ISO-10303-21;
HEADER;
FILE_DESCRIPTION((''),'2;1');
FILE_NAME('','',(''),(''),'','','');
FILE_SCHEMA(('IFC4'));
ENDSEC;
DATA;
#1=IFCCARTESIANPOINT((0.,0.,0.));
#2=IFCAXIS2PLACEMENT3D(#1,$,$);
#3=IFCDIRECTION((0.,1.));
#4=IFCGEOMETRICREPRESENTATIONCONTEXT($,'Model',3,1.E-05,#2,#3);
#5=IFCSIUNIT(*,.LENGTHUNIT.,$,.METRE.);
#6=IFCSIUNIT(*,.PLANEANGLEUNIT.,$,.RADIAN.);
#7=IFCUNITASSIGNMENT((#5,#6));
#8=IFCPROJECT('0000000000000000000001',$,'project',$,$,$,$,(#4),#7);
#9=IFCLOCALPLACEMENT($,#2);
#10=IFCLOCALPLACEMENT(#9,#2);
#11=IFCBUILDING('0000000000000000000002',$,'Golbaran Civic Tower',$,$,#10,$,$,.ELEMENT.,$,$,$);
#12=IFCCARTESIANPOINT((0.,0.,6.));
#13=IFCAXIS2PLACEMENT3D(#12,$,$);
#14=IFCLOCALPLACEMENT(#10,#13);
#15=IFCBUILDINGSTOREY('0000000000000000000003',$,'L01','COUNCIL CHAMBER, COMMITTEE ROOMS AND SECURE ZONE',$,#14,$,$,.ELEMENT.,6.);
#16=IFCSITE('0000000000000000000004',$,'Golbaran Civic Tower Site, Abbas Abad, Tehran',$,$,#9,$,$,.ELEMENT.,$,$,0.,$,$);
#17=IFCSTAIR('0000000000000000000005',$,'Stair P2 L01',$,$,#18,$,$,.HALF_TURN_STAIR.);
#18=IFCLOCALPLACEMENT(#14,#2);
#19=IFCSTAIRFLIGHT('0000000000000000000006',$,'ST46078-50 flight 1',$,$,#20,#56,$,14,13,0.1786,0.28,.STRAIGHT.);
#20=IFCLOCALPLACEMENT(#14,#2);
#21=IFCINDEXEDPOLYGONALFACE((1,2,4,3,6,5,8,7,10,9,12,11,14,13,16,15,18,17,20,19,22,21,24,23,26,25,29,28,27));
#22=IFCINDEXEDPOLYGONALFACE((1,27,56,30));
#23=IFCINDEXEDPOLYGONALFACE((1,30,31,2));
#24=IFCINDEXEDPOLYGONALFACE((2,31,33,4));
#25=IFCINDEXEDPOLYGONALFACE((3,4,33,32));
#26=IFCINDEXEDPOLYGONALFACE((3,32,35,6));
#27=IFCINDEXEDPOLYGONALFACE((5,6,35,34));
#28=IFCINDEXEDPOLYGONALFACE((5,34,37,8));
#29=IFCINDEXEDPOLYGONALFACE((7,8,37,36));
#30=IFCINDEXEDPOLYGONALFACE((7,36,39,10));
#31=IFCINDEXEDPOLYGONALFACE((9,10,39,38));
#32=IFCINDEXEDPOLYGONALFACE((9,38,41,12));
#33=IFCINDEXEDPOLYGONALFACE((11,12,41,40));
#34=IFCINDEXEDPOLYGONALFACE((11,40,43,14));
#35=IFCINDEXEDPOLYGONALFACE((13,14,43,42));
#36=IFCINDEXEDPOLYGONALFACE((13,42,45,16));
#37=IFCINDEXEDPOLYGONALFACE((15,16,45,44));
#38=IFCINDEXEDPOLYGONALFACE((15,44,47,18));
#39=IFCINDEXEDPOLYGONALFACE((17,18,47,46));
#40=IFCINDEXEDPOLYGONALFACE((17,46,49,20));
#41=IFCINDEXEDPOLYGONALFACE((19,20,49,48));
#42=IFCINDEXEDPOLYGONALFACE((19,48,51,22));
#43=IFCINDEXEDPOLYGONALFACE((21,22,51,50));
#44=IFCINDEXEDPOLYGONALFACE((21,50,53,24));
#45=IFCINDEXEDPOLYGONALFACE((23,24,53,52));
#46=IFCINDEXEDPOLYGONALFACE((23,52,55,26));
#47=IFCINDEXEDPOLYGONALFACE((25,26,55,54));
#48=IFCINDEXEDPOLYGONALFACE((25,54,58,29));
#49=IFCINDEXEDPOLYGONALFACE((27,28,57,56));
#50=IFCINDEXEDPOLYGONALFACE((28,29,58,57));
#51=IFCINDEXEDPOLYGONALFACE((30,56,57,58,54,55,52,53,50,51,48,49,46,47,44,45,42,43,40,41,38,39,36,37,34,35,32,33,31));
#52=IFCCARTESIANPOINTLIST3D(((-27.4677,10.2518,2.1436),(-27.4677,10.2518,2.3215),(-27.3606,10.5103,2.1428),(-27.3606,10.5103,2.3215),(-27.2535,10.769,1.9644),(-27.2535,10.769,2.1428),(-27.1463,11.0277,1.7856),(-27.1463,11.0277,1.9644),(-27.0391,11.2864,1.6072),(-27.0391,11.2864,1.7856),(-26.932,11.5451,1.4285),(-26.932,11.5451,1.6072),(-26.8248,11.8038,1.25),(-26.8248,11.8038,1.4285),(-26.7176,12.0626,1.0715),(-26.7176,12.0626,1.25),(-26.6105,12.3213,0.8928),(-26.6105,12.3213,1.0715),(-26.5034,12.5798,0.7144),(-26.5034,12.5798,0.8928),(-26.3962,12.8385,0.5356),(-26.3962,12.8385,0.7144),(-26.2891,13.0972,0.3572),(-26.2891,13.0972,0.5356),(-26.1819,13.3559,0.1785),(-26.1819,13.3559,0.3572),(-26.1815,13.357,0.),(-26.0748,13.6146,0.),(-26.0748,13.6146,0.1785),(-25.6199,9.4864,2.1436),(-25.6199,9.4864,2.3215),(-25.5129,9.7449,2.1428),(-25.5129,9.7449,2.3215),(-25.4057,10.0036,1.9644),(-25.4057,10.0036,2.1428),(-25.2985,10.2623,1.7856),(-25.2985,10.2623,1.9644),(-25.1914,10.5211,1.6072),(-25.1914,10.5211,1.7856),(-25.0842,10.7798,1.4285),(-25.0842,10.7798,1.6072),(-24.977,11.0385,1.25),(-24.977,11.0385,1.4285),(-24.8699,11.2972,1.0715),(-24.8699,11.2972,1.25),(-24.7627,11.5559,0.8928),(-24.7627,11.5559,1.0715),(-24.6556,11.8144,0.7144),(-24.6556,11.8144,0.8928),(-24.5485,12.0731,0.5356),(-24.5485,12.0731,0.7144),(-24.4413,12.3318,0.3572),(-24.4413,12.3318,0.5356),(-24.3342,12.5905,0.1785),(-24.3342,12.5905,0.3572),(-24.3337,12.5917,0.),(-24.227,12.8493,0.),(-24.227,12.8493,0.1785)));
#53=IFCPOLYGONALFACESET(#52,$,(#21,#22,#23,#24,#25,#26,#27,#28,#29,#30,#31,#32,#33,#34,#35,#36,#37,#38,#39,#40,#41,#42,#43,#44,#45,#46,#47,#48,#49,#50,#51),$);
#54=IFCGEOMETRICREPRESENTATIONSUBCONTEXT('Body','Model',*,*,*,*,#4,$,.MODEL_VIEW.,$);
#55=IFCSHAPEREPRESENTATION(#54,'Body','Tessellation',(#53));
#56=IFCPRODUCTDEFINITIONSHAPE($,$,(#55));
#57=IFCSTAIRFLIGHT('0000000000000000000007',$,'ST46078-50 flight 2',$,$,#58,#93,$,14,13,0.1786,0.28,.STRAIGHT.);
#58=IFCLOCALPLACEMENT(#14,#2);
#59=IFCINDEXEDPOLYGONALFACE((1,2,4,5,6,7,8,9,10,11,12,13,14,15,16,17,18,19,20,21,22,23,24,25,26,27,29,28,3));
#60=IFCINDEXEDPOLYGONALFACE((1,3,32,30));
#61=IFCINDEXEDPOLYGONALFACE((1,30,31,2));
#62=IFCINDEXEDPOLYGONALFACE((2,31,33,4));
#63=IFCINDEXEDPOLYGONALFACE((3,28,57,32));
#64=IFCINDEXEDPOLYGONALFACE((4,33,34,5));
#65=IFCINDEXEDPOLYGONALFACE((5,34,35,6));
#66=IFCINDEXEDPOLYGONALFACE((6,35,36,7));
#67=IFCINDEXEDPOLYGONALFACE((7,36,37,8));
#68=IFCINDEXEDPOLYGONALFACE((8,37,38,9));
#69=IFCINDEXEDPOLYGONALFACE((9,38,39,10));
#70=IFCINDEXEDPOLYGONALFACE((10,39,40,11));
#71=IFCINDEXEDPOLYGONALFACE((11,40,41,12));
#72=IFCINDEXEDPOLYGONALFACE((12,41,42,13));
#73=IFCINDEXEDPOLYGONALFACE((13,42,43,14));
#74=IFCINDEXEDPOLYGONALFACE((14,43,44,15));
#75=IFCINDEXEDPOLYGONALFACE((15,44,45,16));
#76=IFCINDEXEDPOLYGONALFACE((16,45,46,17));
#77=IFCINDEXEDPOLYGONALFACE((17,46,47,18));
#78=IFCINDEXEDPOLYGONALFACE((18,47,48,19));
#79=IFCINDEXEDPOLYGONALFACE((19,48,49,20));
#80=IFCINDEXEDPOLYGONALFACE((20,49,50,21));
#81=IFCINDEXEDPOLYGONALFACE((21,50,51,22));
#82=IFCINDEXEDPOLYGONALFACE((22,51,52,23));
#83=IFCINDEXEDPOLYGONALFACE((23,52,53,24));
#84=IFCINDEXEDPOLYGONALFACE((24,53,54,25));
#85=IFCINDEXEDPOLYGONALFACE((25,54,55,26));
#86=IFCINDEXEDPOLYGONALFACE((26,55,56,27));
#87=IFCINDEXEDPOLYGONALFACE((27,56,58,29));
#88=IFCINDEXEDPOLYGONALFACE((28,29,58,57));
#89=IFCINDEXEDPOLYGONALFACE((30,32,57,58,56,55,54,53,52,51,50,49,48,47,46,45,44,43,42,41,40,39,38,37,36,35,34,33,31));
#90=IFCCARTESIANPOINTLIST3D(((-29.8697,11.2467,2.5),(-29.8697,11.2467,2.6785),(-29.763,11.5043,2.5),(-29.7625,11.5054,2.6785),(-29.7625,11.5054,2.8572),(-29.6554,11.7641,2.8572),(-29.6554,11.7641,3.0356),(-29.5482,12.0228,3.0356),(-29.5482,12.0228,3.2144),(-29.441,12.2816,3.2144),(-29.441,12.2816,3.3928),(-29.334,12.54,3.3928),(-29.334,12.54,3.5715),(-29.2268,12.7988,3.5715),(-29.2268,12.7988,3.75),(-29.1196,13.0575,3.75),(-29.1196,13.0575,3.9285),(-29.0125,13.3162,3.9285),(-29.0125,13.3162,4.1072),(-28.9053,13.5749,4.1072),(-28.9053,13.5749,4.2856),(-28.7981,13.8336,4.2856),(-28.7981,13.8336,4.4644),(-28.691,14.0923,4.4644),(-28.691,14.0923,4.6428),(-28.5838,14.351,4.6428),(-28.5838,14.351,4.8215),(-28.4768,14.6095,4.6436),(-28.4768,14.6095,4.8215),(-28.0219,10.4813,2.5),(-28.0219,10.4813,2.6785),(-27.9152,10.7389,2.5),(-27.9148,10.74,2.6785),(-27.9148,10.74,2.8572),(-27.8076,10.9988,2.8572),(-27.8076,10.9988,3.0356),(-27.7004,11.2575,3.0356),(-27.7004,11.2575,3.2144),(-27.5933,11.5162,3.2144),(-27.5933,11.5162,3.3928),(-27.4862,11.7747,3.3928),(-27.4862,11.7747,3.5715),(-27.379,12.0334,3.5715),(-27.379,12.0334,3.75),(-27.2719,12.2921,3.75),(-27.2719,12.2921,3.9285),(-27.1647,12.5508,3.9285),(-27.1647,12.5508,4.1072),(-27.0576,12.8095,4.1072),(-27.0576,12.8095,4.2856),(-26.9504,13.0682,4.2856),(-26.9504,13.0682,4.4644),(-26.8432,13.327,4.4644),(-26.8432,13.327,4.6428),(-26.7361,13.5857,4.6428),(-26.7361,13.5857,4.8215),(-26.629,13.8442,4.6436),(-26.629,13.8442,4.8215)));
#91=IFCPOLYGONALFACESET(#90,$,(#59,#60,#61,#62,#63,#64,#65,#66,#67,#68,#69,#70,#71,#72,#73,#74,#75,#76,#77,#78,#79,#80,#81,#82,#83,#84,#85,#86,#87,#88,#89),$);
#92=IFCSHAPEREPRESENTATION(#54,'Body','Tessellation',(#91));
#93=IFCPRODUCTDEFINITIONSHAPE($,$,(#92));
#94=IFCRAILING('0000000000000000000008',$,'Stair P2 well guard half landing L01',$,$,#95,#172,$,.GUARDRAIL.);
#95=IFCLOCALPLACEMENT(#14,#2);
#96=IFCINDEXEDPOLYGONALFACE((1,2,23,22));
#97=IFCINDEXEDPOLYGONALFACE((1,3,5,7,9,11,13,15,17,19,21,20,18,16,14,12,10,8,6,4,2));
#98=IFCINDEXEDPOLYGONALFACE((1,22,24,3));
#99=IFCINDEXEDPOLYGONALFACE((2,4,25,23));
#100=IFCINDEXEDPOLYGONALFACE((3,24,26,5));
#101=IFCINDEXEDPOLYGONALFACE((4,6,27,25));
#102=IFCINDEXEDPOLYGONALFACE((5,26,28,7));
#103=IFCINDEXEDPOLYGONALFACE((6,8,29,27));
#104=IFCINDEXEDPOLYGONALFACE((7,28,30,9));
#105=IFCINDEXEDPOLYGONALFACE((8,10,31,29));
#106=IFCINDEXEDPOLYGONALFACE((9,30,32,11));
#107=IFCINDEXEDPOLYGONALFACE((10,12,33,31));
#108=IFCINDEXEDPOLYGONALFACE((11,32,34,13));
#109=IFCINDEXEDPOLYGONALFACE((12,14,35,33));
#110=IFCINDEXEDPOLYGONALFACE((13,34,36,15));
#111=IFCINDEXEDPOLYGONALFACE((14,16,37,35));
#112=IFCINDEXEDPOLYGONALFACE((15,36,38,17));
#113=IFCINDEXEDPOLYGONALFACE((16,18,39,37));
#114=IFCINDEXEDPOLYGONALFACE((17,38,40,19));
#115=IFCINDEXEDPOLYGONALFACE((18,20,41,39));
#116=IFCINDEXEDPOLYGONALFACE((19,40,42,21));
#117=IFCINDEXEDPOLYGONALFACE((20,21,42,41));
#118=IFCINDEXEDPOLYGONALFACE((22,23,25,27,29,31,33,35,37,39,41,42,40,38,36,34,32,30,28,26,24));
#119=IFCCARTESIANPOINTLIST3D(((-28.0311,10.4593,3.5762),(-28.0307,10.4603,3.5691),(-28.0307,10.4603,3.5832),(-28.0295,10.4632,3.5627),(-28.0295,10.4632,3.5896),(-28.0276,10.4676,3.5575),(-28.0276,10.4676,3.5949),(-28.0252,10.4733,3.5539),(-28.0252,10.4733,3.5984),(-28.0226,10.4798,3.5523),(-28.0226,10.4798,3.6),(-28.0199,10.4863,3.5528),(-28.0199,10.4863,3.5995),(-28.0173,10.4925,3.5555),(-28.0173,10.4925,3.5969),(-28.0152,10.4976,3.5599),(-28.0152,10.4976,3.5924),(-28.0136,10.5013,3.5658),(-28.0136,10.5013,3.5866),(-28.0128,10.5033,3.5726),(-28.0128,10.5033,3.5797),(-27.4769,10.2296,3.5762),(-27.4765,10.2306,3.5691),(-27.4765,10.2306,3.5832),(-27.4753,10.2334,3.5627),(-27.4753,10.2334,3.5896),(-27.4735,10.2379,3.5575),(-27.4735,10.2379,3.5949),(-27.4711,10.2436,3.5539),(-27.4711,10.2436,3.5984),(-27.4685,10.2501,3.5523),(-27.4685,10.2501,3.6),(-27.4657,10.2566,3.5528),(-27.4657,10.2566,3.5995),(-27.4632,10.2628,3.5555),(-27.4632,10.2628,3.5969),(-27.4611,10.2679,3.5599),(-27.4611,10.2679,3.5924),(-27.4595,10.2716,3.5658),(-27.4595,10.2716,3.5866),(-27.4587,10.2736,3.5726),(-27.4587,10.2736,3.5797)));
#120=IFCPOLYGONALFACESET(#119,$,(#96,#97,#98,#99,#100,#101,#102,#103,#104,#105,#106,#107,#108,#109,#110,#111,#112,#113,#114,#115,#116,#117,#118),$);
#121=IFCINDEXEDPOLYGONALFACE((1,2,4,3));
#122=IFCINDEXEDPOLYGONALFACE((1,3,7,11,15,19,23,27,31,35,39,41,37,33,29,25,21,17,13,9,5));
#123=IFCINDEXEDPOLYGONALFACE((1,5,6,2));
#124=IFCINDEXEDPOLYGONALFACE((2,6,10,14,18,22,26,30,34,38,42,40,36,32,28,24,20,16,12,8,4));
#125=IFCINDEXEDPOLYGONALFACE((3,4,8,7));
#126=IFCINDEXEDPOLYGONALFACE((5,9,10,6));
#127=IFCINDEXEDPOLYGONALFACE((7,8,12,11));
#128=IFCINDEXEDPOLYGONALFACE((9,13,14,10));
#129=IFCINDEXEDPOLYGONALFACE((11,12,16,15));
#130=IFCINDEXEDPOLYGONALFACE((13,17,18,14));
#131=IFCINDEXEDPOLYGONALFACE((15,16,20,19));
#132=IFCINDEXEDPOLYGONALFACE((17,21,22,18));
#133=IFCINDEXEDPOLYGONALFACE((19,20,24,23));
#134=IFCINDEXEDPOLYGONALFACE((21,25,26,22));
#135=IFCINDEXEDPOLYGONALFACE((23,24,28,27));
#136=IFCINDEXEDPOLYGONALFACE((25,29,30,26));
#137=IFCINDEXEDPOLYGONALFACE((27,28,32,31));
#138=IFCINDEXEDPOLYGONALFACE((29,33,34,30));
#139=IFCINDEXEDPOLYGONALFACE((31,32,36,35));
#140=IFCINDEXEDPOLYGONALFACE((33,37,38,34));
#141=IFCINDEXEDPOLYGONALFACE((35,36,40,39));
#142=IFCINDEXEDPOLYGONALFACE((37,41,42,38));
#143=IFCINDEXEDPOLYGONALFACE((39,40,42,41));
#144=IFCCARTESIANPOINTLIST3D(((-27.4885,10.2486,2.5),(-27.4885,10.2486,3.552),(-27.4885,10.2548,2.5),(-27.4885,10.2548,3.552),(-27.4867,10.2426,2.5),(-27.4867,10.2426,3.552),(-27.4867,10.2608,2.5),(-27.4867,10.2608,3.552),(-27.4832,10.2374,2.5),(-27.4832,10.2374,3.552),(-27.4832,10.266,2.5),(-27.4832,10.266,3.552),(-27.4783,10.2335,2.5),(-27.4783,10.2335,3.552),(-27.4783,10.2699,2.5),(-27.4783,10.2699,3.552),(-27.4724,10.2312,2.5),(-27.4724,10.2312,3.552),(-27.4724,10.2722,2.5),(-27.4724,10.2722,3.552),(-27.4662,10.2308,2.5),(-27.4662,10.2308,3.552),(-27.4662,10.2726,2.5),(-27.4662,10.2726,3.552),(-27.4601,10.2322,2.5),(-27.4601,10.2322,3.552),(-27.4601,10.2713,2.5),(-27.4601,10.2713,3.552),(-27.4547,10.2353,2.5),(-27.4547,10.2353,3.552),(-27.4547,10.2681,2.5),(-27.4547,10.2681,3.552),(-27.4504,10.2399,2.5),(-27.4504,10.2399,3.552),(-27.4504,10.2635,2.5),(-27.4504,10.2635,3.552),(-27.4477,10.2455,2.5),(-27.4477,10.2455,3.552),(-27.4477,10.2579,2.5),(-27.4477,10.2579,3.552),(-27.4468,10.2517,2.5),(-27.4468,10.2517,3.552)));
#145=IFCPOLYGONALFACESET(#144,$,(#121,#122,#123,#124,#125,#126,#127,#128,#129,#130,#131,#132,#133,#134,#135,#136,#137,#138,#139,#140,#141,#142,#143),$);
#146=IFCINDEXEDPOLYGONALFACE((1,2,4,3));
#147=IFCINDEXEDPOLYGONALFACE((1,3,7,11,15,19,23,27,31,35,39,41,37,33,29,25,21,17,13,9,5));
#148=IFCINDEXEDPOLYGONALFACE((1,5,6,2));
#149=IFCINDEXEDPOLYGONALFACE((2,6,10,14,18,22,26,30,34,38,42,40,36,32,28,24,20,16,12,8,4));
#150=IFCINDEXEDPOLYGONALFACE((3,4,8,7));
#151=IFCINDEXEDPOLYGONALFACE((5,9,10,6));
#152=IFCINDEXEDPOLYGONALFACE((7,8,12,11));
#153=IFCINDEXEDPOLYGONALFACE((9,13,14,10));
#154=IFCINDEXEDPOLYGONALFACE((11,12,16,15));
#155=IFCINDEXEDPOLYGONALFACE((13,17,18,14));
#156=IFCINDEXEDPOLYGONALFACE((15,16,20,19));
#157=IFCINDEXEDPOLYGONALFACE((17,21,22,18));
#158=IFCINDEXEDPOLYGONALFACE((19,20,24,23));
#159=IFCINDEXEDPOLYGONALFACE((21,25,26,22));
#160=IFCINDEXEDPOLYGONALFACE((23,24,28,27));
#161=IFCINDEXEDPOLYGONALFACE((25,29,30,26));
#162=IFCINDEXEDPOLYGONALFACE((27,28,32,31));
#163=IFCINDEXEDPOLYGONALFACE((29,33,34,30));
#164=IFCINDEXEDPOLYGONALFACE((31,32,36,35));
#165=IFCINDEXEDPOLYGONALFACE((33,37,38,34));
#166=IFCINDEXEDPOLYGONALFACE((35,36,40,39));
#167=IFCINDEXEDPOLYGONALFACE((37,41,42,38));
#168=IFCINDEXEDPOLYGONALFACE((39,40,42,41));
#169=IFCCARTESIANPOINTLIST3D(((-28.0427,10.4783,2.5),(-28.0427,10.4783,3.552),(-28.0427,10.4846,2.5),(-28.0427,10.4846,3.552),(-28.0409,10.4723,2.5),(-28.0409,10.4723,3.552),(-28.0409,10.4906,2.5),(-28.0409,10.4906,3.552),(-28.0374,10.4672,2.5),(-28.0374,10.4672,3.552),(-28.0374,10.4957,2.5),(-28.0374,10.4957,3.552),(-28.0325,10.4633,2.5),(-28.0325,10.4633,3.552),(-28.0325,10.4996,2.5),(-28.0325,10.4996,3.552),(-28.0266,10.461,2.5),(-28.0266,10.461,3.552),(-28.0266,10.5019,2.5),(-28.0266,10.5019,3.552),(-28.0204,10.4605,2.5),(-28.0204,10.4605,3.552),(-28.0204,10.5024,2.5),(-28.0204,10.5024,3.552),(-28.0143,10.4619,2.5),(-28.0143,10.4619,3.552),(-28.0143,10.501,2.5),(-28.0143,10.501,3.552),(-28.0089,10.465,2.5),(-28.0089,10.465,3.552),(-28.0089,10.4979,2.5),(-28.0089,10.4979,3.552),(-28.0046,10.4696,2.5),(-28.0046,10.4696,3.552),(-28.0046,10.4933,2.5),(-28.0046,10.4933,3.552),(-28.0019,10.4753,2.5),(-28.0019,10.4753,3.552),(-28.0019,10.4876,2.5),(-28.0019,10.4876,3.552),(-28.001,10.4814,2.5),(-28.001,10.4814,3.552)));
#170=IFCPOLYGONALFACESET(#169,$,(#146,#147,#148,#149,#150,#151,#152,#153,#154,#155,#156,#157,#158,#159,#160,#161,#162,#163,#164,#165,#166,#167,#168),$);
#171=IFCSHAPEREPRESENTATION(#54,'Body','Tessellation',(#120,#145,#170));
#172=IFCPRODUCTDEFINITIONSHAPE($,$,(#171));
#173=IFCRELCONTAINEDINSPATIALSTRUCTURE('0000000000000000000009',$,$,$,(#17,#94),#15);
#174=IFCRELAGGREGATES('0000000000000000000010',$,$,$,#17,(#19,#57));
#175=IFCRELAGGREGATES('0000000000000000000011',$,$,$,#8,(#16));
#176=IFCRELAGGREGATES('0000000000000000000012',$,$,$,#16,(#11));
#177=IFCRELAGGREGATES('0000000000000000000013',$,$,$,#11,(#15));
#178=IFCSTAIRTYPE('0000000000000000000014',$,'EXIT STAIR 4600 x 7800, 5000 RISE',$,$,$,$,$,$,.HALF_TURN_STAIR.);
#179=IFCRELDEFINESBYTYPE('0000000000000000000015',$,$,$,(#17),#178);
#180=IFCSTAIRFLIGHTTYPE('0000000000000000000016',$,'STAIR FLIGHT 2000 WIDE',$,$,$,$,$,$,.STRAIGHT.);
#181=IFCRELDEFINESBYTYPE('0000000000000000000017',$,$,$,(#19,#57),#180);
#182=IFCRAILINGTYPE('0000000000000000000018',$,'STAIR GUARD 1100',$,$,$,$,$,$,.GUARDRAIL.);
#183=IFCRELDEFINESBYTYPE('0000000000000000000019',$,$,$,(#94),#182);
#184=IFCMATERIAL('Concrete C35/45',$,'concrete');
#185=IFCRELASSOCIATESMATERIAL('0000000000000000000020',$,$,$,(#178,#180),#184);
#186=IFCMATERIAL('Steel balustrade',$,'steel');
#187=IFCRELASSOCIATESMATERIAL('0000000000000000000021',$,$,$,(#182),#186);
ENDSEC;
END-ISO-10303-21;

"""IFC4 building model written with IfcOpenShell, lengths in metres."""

from ifc_helpers import new_model, si_unit, direction, frame, origin, origin_2d, place, context, subcontext, project, spatial, polyline, circle, outline, extrude, material, type_object, element, aggregate, save


model = new_model("IFC4")

# Units and contexts
model_context = context("Model", 3, precision=1e-05, world=origin(), true_north=direction((0.0, 1.0)))
body_context = subcontext(model_context, "Body", "Model", "MODEL_VIEW")
ifc_project = project(units=[si_unit("LENGTHUNIT", "METRE"), si_unit("PLANEANGLEUNIT", "RADIAN")], contexts=[model_context])

# Site, building, storey
site_placement = place(None, origin())
site = spatial("IfcSite", under=ifc_project, at=site_placement, Name="Golbaran Civic Tower Site, Abbas Abad, Tehran", CompositionType="ELEMENT", RefElevation=0.0)
building_placement = place(site_placement, origin())
building = spatial("IfcBuilding", under=site, at=building_placement, Name="Golbaran Civic Tower", CompositionType="ELEMENT")
storey_placement = place(building_placement, frame((0.0, 0.0, 6.0)))
storey = spatial("IfcBuildingStorey", under=building, at=storey_placement, Name="L01", Description="COUNCIL CHAMBER, COMMITTEE ROOMS AND SECURE ZONE", CompositionType="ELEMENT", Elevation=6.0)

# Stair, stair flights
ifc_material_1 = material(Name="Concrete C35/45", Category="concrete")
stair_type = type_object("IfcStairType", Name="EXIT STAIR 4600 x 7800, 5000 RISE", PredefinedType="HALF_TURN_STAIR", material=ifc_material_1)
stair_placement = place(storey_placement, origin())
stair = element("IfcStair", 1, at=stair_placement, inside=storey, type_object=stair_type, Name="Stair P2 L01", PredefinedType="HALF_TURN_STAIR")
stair_flight_type = type_object("IfcStairFlightType", Name="STAIR FLIGHT 2000 WIDE", PredefinedType="STRAIGHT", material=ifc_material_1)
stair_flight_1_placement = place(storey_placement, frame((-25.1509, 13.2319, 0.0), z_axis=(0.0, 0.0, 1.0), x_axis=(-0.382683, -0.92388, 0.0)))
stair_flight_1 = element("IfcStairFlight", 2, at=stair_flight_1_placement, type_object=stair_flight_type, Name="ST46078-50 flight 1", NumberOfRisers=14, NumberOfTreads=13, PredefinedType="STRAIGHT", RiserHeight=0.1786, TreadLength=0.28, context=body_context, shape_type="SweptSolid", body=[
    extrude(outline(polyline([(0.0, 0.0), (0.0, 0.1785), (0.28, 0.1785), (0.28, 0.3572), (0.5601, 0.3572), (0.5601, 0.5356), (0.8401, 0.5356), (0.8401, 0.7144), (1.1201, 0.7144), (1.1201, 0.8928), (1.3999, 0.8928), (1.3999, 1.0715), (1.6799, 1.0715), (1.6799, 1.25), (1.96, 1.25), (1.96, 1.4285), (2.24, 1.4285), (2.24, 1.6072), (2.52, 1.6072), (2.52, 1.7856), (2.8, 1.7856), (2.8, 1.9644), (3.0801, 1.9644), (3.0801, 2.1428), (3.3601, 2.1428), (3.3601, 2.3215), (3.6399, 2.3215), (3.6399, 2.5), (3.6399, 2.1436), (0.2788, 0.0), (0.0, 0.0)])), frame((0.0, 1.0, 0.0), z_axis=(0.0, -1.0, 0.0), x_axis=(1.0, 0.0, 0.0)), (0.0, 0.0, 1.0), 2.0),
])
stair_flight_2_placement = place(storey_placement, frame((-28.9458, 10.864, 2.5), z_axis=(0.0, 0.0, 1.0), x_axis=(0.382683, 0.92388, 0.0)))
stair_flight_2 = element("IfcStairFlight", 3, at=stair_flight_2_placement, type_object=stair_flight_type, Name="ST46078-50 flight 2", NumberOfRisers=14, NumberOfTreads=13, PredefinedType="STRAIGHT", RiserHeight=0.1786, TreadLength=0.28, context=body_context, shape_type="SweptSolid", body=[
    extrude(outline(polyline([(0.0, 0.0), (0.0, 0.1785), (0.28, 0.1785), (0.28, 0.3572), (0.5601, 0.3572), (0.5601, 0.5356), (0.8401, 0.5356), (0.8401, 0.7144), (1.1201, 0.7144), (1.1201, 0.8928), (1.3999, 0.8928), (1.3999, 1.0715), (1.6799, 1.0715), (1.6799, 1.25), (1.96, 1.25), (1.96, 1.4285), (2.24, 1.4285), (2.24, 1.6072), (2.52, 1.6072), (2.52, 1.7856), (2.8, 1.7856), (2.8, 1.9644), (3.0801, 1.9644), (3.0801, 2.1428), (3.3601, 2.1428), (3.3601, 2.3215), (3.6399, 2.3215), (3.6399, 2.5), (3.6399, 2.1436), (0.2788, 0.0), (0.0, 0.0)])), frame((0.0, 1.0, 0.0), z_axis=(0.0, -1.0, 0.0), x_axis=(1.0, 0.0, 0.0)), (0.0, 0.0, 1.0), 2.0),
])
aggregate(stair, [stair_flight_1, stair_flight_2])

# Railing
ifc_material_2 = material(Name="Steel balustrade", Category="steel")
railing_type_1 = type_object("IfcRailingType", Name="STAIR GUARD 1100", PredefinedType="GUARDRAIL", material=ifc_material_2)
railing_1_placement = place(storey_placement, frame((-27.4678, 10.2517, 2.5)))
element("IfcRailing", 4, at=railing_1_placement, inside=storey, type_object=railing_type_1, Name="Stair P2 well guard half landing L01", PredefinedType="GUARDRAIL", context=body_context, shape_type="SweptSolid", body=[
    extrude(circle(Radius=0.0239, at=origin_2d()), frame((0.0, 0.0, 1.0762), z_axis=(-0.923774, 0.382939, 0.0), x_axis=(-0.382939, -0.923774, 0.0)), (0.0, 0.0, 1.0), 0.5999),
    extrude(circle(Radius=0.021, at=origin_2d()), origin(), (0.0, 0.0, 1.0), 1.052),
    extrude(circle(Radius=0.021, at=origin_2d()), frame((-0.5542, 0.2297, 0.0)), (0.0, 0.0, 1.0), 1.052),
])

save(model, "model.ifc")
